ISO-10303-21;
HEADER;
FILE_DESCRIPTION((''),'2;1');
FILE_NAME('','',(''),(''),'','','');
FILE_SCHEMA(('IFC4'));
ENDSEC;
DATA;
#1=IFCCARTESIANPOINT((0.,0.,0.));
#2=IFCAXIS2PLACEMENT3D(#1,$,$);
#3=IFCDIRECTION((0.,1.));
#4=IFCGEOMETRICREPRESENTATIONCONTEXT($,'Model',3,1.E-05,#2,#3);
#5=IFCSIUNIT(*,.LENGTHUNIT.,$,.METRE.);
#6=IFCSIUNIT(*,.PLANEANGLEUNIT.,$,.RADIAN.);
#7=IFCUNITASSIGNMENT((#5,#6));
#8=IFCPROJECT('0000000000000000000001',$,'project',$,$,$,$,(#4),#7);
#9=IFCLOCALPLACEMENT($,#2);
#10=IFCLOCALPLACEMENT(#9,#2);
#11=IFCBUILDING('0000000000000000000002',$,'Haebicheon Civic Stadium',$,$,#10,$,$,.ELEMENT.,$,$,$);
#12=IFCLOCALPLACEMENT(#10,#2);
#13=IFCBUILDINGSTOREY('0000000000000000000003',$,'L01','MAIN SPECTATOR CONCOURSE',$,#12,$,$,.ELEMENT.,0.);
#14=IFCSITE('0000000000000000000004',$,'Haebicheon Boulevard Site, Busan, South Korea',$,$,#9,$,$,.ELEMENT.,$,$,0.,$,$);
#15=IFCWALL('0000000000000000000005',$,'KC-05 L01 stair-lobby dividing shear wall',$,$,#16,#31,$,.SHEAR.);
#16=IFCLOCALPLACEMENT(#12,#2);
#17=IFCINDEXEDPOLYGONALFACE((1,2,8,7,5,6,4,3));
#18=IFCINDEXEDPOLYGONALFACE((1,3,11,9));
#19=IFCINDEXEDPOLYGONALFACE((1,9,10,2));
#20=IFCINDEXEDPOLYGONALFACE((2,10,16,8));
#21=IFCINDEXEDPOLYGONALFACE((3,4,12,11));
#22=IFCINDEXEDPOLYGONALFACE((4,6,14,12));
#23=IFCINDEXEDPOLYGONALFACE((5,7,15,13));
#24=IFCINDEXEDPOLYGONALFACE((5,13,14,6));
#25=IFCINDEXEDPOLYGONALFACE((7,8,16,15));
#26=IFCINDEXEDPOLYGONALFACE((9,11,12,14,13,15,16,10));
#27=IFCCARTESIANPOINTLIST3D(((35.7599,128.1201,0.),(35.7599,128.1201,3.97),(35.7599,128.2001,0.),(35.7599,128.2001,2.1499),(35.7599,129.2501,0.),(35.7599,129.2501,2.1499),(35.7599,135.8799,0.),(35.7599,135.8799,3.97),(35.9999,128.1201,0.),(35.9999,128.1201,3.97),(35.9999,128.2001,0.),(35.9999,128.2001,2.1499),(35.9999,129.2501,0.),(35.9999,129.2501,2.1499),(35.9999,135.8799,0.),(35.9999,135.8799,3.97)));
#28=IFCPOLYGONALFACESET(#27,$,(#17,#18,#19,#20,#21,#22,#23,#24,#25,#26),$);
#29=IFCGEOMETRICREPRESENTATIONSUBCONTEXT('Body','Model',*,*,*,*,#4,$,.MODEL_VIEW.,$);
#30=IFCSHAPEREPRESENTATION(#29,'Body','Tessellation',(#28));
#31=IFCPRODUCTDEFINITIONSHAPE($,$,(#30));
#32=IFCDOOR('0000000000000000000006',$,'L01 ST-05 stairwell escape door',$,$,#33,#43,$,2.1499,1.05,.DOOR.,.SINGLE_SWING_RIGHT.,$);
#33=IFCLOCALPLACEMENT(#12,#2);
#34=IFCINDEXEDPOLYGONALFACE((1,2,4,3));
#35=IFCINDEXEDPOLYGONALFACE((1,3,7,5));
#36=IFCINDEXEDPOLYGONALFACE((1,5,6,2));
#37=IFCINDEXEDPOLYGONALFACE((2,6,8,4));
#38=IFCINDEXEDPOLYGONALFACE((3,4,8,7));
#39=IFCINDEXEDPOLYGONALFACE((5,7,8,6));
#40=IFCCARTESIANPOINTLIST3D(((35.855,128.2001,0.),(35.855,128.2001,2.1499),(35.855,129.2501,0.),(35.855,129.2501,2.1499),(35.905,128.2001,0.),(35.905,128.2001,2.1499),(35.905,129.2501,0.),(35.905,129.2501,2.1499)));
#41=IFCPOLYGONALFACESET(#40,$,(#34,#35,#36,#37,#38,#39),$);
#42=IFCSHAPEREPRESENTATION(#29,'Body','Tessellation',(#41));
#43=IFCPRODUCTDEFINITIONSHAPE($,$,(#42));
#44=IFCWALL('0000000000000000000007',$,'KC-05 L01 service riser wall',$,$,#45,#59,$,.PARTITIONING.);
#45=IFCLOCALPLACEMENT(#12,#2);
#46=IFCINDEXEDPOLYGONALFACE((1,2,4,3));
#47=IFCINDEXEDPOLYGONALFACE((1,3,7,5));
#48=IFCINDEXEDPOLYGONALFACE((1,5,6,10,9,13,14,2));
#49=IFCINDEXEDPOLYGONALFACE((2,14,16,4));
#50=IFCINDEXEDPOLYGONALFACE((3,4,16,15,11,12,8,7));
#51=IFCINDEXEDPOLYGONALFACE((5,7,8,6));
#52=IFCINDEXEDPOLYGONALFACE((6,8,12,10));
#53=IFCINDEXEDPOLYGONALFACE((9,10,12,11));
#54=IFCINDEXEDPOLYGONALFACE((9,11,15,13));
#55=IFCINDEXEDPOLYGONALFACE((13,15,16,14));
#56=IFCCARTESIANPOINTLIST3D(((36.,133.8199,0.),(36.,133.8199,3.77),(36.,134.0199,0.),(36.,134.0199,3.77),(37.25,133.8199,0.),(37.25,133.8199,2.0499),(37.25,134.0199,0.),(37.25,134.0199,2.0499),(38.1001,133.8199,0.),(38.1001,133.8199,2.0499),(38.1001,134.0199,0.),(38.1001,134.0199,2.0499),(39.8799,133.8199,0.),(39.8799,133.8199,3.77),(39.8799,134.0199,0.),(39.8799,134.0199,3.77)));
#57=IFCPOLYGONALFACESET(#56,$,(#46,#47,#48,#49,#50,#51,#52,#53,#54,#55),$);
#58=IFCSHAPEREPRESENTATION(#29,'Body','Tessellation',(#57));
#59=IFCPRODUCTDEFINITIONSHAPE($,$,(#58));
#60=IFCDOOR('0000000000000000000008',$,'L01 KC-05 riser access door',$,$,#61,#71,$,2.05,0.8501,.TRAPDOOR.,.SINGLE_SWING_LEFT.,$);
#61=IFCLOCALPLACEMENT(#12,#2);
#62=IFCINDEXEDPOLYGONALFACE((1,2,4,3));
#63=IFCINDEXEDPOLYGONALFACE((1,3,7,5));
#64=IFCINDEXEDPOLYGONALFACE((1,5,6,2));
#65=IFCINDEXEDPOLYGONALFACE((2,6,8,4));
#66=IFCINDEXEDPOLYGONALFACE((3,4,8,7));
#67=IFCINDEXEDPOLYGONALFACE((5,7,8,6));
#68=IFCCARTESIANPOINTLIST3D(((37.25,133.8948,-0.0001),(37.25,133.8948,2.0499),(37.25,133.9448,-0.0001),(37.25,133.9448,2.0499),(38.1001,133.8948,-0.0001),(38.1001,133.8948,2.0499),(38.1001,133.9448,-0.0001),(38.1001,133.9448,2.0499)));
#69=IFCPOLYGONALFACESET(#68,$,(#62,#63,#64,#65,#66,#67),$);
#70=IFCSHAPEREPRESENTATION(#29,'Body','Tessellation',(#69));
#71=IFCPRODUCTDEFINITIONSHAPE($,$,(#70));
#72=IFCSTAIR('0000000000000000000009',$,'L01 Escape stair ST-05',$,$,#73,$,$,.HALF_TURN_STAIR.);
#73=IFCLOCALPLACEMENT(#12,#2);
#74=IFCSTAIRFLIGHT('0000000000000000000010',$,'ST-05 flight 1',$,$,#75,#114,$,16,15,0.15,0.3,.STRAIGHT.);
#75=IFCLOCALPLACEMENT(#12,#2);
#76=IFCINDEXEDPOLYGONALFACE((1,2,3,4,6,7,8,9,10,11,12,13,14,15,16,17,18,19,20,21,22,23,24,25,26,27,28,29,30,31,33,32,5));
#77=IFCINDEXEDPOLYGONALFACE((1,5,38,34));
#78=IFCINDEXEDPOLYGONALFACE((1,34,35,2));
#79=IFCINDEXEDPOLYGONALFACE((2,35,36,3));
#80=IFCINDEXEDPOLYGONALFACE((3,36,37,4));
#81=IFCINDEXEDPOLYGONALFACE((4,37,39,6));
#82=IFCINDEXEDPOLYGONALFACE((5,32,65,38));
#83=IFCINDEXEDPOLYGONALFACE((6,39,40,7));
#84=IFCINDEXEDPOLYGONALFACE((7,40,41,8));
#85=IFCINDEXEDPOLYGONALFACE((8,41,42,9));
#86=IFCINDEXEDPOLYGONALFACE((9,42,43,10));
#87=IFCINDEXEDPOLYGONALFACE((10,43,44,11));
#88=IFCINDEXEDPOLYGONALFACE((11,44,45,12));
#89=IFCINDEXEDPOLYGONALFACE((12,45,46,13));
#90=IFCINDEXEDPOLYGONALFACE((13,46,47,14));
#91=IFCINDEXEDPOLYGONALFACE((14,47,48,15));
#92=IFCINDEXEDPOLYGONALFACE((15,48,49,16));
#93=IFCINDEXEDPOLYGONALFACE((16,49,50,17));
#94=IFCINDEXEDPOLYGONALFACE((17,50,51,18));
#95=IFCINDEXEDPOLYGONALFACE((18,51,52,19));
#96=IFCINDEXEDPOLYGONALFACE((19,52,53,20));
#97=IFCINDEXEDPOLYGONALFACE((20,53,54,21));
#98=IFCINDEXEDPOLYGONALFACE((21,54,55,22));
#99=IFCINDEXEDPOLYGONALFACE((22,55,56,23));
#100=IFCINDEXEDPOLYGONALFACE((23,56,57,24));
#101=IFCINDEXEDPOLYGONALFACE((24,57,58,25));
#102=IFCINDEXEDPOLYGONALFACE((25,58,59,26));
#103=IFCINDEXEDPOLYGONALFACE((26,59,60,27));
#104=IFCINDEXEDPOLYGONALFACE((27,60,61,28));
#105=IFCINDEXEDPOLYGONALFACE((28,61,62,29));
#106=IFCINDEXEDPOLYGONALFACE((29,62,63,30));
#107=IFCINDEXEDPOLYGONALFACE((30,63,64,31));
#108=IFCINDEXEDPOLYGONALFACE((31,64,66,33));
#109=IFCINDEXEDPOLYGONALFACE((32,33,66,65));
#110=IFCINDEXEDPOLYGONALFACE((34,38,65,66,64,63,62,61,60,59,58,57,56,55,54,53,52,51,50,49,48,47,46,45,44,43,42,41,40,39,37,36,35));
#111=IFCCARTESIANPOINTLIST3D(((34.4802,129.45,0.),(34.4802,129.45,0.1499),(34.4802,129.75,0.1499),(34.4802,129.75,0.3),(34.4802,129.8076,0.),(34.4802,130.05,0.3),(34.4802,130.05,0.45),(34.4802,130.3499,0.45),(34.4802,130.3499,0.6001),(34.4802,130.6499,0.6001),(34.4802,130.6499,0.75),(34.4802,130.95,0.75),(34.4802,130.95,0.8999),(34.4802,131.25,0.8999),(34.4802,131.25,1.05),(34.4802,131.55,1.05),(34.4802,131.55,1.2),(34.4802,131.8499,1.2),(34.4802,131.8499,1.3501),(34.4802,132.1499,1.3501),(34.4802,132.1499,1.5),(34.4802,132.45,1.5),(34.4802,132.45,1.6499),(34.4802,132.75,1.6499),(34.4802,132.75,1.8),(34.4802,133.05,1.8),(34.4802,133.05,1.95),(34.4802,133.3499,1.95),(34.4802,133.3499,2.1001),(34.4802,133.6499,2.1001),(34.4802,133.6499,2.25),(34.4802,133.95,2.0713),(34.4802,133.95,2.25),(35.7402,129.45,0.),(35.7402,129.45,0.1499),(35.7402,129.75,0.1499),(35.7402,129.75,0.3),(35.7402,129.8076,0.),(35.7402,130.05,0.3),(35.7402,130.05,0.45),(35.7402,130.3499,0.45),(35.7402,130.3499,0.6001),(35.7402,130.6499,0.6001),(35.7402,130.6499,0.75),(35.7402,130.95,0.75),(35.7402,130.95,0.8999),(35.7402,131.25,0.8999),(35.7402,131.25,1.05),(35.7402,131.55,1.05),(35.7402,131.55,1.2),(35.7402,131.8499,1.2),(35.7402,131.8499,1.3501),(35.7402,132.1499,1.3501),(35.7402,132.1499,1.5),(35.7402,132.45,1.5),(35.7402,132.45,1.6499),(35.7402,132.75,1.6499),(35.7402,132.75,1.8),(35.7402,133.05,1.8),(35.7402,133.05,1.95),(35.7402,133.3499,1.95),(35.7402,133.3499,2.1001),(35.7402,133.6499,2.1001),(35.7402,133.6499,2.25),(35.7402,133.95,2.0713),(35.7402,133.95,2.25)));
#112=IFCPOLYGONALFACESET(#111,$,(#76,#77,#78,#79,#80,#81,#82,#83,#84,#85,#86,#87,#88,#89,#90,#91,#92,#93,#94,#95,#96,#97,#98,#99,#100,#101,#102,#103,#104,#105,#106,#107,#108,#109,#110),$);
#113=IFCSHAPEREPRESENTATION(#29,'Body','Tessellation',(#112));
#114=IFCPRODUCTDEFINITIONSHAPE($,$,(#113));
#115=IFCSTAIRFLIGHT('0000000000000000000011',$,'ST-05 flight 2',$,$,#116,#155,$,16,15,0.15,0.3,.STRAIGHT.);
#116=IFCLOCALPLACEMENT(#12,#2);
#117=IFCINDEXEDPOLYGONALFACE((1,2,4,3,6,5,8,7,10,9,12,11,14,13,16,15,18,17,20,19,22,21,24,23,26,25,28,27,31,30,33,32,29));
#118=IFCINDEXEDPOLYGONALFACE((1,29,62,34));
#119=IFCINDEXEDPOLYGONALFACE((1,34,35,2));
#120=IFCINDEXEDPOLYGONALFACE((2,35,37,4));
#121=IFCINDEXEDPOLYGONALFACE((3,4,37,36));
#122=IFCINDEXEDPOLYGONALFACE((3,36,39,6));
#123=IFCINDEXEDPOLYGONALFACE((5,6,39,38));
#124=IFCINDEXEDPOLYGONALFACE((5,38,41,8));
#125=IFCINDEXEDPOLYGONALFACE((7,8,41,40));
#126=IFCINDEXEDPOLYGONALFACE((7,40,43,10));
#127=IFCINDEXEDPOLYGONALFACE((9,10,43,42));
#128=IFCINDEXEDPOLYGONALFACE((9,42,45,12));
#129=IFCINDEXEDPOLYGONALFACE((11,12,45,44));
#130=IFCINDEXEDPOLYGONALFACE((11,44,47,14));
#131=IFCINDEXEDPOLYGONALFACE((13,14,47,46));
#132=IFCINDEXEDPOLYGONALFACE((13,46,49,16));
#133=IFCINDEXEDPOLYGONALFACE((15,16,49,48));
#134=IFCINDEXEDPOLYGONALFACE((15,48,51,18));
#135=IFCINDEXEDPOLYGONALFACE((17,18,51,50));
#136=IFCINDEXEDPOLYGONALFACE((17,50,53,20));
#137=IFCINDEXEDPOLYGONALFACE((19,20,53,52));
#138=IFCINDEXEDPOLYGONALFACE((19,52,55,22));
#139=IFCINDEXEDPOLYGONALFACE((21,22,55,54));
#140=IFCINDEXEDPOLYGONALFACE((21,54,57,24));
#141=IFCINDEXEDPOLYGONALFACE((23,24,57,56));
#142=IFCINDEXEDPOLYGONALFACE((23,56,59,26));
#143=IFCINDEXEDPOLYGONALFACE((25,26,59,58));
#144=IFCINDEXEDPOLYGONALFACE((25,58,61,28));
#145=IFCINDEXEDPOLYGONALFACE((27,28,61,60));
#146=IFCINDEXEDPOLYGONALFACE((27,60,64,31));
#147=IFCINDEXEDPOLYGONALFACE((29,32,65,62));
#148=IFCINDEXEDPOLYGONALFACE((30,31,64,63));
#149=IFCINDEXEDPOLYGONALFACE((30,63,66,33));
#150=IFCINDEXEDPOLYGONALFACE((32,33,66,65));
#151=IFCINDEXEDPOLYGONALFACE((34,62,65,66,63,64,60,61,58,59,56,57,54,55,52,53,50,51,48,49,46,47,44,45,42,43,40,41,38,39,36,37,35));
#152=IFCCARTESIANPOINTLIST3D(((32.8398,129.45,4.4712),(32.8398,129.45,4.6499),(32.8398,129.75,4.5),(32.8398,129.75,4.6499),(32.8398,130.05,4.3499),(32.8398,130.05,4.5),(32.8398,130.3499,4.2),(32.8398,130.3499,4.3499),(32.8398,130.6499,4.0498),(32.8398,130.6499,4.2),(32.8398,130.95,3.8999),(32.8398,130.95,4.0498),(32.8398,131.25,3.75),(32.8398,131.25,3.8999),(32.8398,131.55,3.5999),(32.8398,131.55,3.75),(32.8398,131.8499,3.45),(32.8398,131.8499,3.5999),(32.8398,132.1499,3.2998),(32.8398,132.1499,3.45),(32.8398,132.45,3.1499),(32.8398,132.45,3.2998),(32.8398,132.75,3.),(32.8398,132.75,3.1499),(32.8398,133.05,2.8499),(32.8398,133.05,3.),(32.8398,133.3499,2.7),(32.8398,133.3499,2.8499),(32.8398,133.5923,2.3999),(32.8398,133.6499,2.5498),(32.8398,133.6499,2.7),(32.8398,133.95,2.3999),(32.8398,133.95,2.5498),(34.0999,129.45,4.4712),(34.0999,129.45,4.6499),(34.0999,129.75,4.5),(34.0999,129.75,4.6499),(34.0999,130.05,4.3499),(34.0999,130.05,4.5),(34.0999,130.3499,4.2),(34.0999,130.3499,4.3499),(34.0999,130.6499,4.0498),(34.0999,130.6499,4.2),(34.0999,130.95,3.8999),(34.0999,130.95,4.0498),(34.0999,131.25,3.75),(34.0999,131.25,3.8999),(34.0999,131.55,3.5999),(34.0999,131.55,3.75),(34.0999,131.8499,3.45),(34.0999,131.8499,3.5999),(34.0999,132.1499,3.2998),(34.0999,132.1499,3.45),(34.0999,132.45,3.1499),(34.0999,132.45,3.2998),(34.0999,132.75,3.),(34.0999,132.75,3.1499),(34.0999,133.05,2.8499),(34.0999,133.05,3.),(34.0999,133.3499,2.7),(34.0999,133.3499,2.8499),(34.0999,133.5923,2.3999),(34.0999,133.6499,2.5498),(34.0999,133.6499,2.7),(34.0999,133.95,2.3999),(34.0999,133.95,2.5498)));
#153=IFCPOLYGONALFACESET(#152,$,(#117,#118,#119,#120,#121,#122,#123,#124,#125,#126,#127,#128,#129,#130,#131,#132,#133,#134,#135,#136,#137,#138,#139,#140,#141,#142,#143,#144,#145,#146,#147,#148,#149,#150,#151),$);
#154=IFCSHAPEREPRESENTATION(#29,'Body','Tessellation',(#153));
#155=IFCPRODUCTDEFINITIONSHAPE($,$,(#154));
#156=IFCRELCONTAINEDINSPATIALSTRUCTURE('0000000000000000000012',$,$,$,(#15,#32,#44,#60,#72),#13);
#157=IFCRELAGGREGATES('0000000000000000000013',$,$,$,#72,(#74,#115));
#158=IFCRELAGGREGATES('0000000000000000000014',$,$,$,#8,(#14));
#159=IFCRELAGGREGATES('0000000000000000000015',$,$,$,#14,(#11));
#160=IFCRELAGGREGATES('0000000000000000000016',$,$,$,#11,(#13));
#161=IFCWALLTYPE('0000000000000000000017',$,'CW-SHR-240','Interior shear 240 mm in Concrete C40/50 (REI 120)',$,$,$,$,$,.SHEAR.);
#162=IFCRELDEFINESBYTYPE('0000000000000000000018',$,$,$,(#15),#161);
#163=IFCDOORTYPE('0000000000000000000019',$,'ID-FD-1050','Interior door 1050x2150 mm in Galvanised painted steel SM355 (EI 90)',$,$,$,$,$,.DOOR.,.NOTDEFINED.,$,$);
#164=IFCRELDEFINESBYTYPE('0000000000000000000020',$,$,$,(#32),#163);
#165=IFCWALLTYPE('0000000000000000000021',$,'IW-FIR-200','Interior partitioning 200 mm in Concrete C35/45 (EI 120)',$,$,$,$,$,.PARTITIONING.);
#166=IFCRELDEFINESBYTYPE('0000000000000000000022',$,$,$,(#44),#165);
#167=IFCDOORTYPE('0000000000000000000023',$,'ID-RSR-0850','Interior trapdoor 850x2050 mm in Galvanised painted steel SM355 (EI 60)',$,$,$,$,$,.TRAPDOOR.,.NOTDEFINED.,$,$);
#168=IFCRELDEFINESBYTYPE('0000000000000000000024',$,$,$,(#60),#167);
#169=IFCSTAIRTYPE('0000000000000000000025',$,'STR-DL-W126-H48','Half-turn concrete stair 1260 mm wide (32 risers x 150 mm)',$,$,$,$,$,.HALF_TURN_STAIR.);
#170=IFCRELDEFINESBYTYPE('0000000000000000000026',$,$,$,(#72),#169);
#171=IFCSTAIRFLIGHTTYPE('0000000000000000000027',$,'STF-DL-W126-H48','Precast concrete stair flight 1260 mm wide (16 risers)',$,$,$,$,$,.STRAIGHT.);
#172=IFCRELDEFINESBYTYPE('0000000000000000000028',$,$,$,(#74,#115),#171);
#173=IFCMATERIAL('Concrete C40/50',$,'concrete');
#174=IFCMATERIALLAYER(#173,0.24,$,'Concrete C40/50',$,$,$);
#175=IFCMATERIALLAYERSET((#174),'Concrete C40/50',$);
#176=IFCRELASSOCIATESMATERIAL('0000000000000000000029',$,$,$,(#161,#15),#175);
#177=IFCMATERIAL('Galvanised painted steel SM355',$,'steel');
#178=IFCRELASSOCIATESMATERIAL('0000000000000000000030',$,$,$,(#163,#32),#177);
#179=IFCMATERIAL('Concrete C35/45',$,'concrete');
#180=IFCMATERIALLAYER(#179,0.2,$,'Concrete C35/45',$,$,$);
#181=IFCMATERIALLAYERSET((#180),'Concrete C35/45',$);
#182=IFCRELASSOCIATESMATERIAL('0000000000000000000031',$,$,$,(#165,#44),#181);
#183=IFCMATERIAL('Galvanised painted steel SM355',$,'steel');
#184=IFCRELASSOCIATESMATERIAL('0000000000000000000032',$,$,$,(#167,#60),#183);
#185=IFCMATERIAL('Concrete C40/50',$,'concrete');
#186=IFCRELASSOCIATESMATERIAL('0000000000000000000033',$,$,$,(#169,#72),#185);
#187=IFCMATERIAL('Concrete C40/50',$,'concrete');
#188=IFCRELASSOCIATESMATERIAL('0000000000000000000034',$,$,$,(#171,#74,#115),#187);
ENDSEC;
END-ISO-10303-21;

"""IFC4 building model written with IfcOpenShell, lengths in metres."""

from ifc_helpers import new_model, si_unit, direction, frame, frame_2d, origin, place, context, subcontext, project, spatial, polyline, rectangle, outline, extrude, material, layer, layer_set, type_object, element, fill, aggregate, save


model = new_model("IFC4")

# Units and contexts
model_context = context("Model", 3, precision=1e-05, world=origin(), true_north=direction((0.0, 1.0)))
body_context = subcontext(model_context, "Body", "Model", "MODEL_VIEW")
ifc_project = project(units=[si_unit("LENGTHUNIT", "METRE"), si_unit("PLANEANGLEUNIT", "RADIAN")], contexts=[model_context])

# Site, building, storey
site_placement = place(None, origin())
site = spatial("IfcSite", under=ifc_project, at=site_placement, Name="Haebicheon Boulevard Site, Busan, South Korea", CompositionType="ELEMENT", RefElevation=0.0)
building_placement = place(site_placement, origin())
building = spatial("IfcBuilding", under=site, at=building_placement, Name="Haebicheon Civic Stadium", CompositionType="ELEMENT")
storey_placement = place(building_placement, origin())
storey = spatial("IfcBuildingStorey", under=building, at=storey_placement, Name="L01", Description="MAIN SPECTATOR CONCOURSE", CompositionType="ELEMENT", Elevation=0.0)

# Shared definitions
ifc_material_1 = material(Name="Concrete C40/50", Category="concrete")
ifc_layer_1 = layer(ifc_material_1, 0.24, Name="Concrete C40/50")
ifc_layer_set_1 = layer_set([ifc_layer_1], Name="Concrete C40/50")
wall_type_1 = type_object("IfcWallType", Name="CW-SHR-240", Description="Interior shear 240 mm in Concrete C40/50 (REI 120)", PredefinedType="SHEAR", material=ifc_layer_set_1)

# Walls, openings, doors
wall_1_placement = place(storey_placement, frame((35.8799, 128.1201, 0.0), z_axis=(0.0, 0.0, 1.0), x_axis=(0.0, 1.0, 0.0)))
wall_1 = element("IfcWall", 1, at=wall_1_placement, inside=storey, type_object=wall_type_1, material=ifc_layer_set_1, Name="KC-05 L01 stair-lobby dividing shear wall", PredefinedType="SHEAR", context=body_context, shape_type="SweptSolid", body=[
    extrude(rectangle(XDim=7.7598, YDim=0.24, at=frame_2d((3.8799, 0.0))), origin(), (0.0, 0.0, 1.0), 3.97),
])
opening_1_placement = place(wall_1_placement, frame((0.0801, 0.0, 0.0)))
opening_1 = element("IfcOpeningElement", 2, at=opening_1_placement, cuts=wall_1, PredefinedType="OPENING", context=body_context, shape_type="SweptSolid", body=[
    extrude(rectangle(XDim=1.05, YDim=2.1499, at=frame_2d((0.5249, 1.075))), frame((0.0, 0.1299, 0.0), z_axis=(0.0, -1.0, 0.0), x_axis=(1.0, 0.0, 0.0)), (0.0, 0.0, 1.0), 0.26),
])
ifc_material_2 = material(Name="Galvanised painted steel SM355", Category="steel")
door_type_1 = type_object("IfcDoorType", Name="ID-FD-1050", Description="Interior door 1050x2150 mm in Galvanised painted steel SM355 (EI 90)", OperationType="NOTDEFINED", PredefinedType="DOOR", material=ifc_material_2)
door_1_placement = place(opening_1_placement, origin())
door_1 = element("IfcDoor", 3, at=door_1_placement, inside=storey, type_object=door_type_1, material=ifc_material_2, Name="L01 ST-05 stairwell escape door", OperationType="SINGLE_SWING_RIGHT", OverallHeight=2.1499, OverallWidth=1.05, PredefinedType="DOOR", context=body_context, shape_type="SweptSolid", body=[
    extrude(rectangle(XDim=1.05, YDim=2.1499, at=frame_2d((0.5249, 1.075))), frame((0.0, 0.0249, 0.0), z_axis=(0.0, -1.0, 0.0), x_axis=(1.0, 0.0, 0.0)), (0.0, 0.0, 1.0), 0.05),
])
fill(opening_1, door_1)
ifc_material_3 = material(Name="Concrete C35/45", Category="concrete")
ifc_layer_2 = layer(ifc_material_3, 0.2, Name="Concrete C35/45")
ifc_layer_set_2 = layer_set([ifc_layer_2], Name="Concrete C35/45")
wall_type_2 = type_object("IfcWallType", Name="IW-FIR-200", Description="Interior partitioning 200 mm in Concrete C35/45 (EI 120)", PredefinedType="PARTITIONING", material=ifc_layer_set_2)
wall_2_placement = place(storey_placement, frame((36.0, 133.9199, 0.0), z_axis=(0.0, 0.0, 1.0), x_axis=(1.0, 0.0, 0.0)))
wall_2 = element("IfcWall", 4, at=wall_2_placement, inside=storey, type_object=wall_type_2, material=ifc_layer_set_2, Name="KC-05 L01 service riser wall", PredefinedType="PARTITIONING", context=body_context, shape_type="SweptSolid", body=[
    extrude(rectangle(XDim=3.8799, YDim=0.2, at=frame_2d((1.9399, 0.0))), origin(), (0.0, 0.0, 1.0), 3.77),
])
opening_2_placement = place(wall_2_placement, frame((1.25, 0.0, 0.0)))
opening_2 = element("IfcOpeningElement", 5, at=opening_2_placement, cuts=wall_2, PredefinedType="OPENING", context=body_context, shape_type="SweptSolid", body=[
    extrude(rectangle(XDim=0.8501, YDim=2.05, at=frame_2d((0.425, 1.0249))), frame((0.0, 0.1099, 0.0), z_axis=(0.0, -1.0, 0.0), x_axis=(1.0, 0.0, 0.0)), (0.0, 0.0, 1.0), 0.22),
])
ifc_material_4 = material(Name="Galvanised painted steel SM355", Category="steel")
door_type_2 = type_object("IfcDoorType", Name="ID-RSR-0850", Description="Interior trapdoor 850x2050 mm in Galvanised painted steel SM355 (EI 60)", OperationType="NOTDEFINED", PredefinedType="TRAPDOOR", material=ifc_material_4)
door_2_placement = place(opening_2_placement, origin())
door_2 = element("IfcDoor", 6, at=door_2_placement, inside=storey, type_object=door_type_2, material=ifc_material_4, Name="L01 KC-05 riser access door", OperationType="SINGLE_SWING_LEFT", OverallHeight=2.05, OverallWidth=0.8501, PredefinedType="TRAPDOOR", context=body_context, shape_type="SweptSolid", body=[
    extrude(rectangle(XDim=0.8501, YDim=2.05, at=frame_2d((0.425, 1.0249))), frame((0.0, 0.0249, 0.0), z_axis=(0.0, -1.0, 0.0), x_axis=(1.0, 0.0, 0.0)), (0.0, 0.0, 1.0), 0.05),
])
fill(opening_2, door_2)

# Stair, stair flights
ifc_material_5 = material(Name="Concrete C40/50", Category="concrete")
stair_type = type_object("IfcStairType", Name="STR-DL-W126-H48", Description="Half-turn concrete stair 1260 mm wide (32 risers x 150 mm)", PredefinedType="HALF_TURN_STAIR", material=ifc_material_5)
stair_placement = place(storey_placement, origin())
stair = element("IfcStair", 7, at=stair_placement, inside=storey, type_object=stair_type, material=ifc_material_5, Name="L01 Escape stair ST-05", PredefinedType="HALF_TURN_STAIR")
ifc_material_6 = material(Name="Concrete C40/50", Category="concrete")
stair_flight_type = type_object("IfcStairFlightType", Name="STF-DL-W126-H48", Description="Precast concrete stair flight 1260 mm wide (16 risers)", PredefinedType="STRAIGHT", material=ifc_material_6)
stair_flight_1_placement = place(storey_placement, frame((35.1101, 129.45, 0.0), z_axis=(0.0, 0.0, 1.0), x_axis=(0.0, 1.0, 0.0)))
stair_flight_1 = element("IfcStairFlight", 8, at=stair_flight_1_placement, type_object=stair_flight_type, material=ifc_material_6, Name="ST-05 flight 1", NumberOfRisers=16, NumberOfTreads=15, PredefinedType="STRAIGHT", RiserHeight=0.15, TreadLength=0.3, context=body_context, shape_type="SweptSolid", body=[
    extrude(outline(polyline([(0.0, 0.0), (0.0, 0.1499), (0.3, 0.1499), (0.3, 0.3), (0.6001, 0.3), (0.6001, 0.45), (0.8999, 0.45), (0.8999, 0.6001), (1.2, 0.6001), (1.2, 0.75), (1.5, 0.75), (1.5, 0.8999), (1.8, 0.8999), (1.8, 1.05), (2.1001, 1.05), (2.1001, 1.2), (2.3999, 1.2), (2.3999, 1.3501), (2.7, 1.3501), (2.7, 1.5), (3.0, 1.5), (3.0, 1.6499), (3.3, 1.6499), (3.3, 1.8), (3.6001, 1.8), (3.6001, 1.95), (3.8999, 1.95), (3.8999, 2.1001), (4.2, 2.1001), (4.2, 2.25), (4.5, 2.25), (4.5, 2.3999), (4.5, 2.0713), (0.3577, 0.0), (0.0, 0.0)])), frame((0.0, 0.6299, 0.0), z_axis=(0.0, -1.0, 0.0), x_axis=(1.0, 0.0, 0.0)), (0.0, 0.0, 1.0), 1.26),
])
stair_flight_2_placement = place(storey_placement, frame((33.47, 133.95, 2.3999), z_axis=(0.0, 0.0, 1.0), x_axis=(0.0, -1.0, 0.0)))
stair_flight_2 = element("IfcStairFlight", 9, at=stair_flight_2_placement, type_object=stair_flight_type, material=ifc_material_6, Name="ST-05 flight 2", NumberOfRisers=16, NumberOfTreads=15, PredefinedType="STRAIGHT", RiserHeight=0.15, TreadLength=0.3, context=body_context, shape_type="SweptSolid", body=[
    extrude(outline(polyline([(0.0, 0.0), (0.0, 0.1499), (0.3, 0.1499), (0.3, 0.3), (0.6001, 0.3), (0.6001, 0.45), (0.8999, 0.45), (0.8999, 0.6001), (1.2, 0.6001), (1.2, 0.75), (1.5, 0.75), (1.5, 0.8999), (1.8, 0.8999), (1.8, 1.05), (2.1001, 1.05), (2.1001, 1.2), (2.3999, 1.2), (2.3999, 1.3501), (2.7, 1.3501), (2.7, 1.5), (3.0, 1.5), (3.0, 1.6499), (3.3, 1.6499), (3.3, 1.8), (3.6001, 1.8), (3.6001, 1.95), (3.8999, 1.95), (3.8999, 2.1001), (4.2, 2.1001), (4.2, 2.25), (4.5, 2.25), (4.5, 2.3999), (4.5, 2.0713), (0.3577, 0.0), (0.0, 0.0)])), frame((0.0, 0.6299, 0.0), z_axis=(0.0, -1.0, 0.0), x_axis=(1.0, 0.0, 0.0)), (0.0, 0.0, 1.0), 1.26),
])
aggregate(stair, [stair_flight_1, stair_flight_2])

save(model, "model.ifc")
